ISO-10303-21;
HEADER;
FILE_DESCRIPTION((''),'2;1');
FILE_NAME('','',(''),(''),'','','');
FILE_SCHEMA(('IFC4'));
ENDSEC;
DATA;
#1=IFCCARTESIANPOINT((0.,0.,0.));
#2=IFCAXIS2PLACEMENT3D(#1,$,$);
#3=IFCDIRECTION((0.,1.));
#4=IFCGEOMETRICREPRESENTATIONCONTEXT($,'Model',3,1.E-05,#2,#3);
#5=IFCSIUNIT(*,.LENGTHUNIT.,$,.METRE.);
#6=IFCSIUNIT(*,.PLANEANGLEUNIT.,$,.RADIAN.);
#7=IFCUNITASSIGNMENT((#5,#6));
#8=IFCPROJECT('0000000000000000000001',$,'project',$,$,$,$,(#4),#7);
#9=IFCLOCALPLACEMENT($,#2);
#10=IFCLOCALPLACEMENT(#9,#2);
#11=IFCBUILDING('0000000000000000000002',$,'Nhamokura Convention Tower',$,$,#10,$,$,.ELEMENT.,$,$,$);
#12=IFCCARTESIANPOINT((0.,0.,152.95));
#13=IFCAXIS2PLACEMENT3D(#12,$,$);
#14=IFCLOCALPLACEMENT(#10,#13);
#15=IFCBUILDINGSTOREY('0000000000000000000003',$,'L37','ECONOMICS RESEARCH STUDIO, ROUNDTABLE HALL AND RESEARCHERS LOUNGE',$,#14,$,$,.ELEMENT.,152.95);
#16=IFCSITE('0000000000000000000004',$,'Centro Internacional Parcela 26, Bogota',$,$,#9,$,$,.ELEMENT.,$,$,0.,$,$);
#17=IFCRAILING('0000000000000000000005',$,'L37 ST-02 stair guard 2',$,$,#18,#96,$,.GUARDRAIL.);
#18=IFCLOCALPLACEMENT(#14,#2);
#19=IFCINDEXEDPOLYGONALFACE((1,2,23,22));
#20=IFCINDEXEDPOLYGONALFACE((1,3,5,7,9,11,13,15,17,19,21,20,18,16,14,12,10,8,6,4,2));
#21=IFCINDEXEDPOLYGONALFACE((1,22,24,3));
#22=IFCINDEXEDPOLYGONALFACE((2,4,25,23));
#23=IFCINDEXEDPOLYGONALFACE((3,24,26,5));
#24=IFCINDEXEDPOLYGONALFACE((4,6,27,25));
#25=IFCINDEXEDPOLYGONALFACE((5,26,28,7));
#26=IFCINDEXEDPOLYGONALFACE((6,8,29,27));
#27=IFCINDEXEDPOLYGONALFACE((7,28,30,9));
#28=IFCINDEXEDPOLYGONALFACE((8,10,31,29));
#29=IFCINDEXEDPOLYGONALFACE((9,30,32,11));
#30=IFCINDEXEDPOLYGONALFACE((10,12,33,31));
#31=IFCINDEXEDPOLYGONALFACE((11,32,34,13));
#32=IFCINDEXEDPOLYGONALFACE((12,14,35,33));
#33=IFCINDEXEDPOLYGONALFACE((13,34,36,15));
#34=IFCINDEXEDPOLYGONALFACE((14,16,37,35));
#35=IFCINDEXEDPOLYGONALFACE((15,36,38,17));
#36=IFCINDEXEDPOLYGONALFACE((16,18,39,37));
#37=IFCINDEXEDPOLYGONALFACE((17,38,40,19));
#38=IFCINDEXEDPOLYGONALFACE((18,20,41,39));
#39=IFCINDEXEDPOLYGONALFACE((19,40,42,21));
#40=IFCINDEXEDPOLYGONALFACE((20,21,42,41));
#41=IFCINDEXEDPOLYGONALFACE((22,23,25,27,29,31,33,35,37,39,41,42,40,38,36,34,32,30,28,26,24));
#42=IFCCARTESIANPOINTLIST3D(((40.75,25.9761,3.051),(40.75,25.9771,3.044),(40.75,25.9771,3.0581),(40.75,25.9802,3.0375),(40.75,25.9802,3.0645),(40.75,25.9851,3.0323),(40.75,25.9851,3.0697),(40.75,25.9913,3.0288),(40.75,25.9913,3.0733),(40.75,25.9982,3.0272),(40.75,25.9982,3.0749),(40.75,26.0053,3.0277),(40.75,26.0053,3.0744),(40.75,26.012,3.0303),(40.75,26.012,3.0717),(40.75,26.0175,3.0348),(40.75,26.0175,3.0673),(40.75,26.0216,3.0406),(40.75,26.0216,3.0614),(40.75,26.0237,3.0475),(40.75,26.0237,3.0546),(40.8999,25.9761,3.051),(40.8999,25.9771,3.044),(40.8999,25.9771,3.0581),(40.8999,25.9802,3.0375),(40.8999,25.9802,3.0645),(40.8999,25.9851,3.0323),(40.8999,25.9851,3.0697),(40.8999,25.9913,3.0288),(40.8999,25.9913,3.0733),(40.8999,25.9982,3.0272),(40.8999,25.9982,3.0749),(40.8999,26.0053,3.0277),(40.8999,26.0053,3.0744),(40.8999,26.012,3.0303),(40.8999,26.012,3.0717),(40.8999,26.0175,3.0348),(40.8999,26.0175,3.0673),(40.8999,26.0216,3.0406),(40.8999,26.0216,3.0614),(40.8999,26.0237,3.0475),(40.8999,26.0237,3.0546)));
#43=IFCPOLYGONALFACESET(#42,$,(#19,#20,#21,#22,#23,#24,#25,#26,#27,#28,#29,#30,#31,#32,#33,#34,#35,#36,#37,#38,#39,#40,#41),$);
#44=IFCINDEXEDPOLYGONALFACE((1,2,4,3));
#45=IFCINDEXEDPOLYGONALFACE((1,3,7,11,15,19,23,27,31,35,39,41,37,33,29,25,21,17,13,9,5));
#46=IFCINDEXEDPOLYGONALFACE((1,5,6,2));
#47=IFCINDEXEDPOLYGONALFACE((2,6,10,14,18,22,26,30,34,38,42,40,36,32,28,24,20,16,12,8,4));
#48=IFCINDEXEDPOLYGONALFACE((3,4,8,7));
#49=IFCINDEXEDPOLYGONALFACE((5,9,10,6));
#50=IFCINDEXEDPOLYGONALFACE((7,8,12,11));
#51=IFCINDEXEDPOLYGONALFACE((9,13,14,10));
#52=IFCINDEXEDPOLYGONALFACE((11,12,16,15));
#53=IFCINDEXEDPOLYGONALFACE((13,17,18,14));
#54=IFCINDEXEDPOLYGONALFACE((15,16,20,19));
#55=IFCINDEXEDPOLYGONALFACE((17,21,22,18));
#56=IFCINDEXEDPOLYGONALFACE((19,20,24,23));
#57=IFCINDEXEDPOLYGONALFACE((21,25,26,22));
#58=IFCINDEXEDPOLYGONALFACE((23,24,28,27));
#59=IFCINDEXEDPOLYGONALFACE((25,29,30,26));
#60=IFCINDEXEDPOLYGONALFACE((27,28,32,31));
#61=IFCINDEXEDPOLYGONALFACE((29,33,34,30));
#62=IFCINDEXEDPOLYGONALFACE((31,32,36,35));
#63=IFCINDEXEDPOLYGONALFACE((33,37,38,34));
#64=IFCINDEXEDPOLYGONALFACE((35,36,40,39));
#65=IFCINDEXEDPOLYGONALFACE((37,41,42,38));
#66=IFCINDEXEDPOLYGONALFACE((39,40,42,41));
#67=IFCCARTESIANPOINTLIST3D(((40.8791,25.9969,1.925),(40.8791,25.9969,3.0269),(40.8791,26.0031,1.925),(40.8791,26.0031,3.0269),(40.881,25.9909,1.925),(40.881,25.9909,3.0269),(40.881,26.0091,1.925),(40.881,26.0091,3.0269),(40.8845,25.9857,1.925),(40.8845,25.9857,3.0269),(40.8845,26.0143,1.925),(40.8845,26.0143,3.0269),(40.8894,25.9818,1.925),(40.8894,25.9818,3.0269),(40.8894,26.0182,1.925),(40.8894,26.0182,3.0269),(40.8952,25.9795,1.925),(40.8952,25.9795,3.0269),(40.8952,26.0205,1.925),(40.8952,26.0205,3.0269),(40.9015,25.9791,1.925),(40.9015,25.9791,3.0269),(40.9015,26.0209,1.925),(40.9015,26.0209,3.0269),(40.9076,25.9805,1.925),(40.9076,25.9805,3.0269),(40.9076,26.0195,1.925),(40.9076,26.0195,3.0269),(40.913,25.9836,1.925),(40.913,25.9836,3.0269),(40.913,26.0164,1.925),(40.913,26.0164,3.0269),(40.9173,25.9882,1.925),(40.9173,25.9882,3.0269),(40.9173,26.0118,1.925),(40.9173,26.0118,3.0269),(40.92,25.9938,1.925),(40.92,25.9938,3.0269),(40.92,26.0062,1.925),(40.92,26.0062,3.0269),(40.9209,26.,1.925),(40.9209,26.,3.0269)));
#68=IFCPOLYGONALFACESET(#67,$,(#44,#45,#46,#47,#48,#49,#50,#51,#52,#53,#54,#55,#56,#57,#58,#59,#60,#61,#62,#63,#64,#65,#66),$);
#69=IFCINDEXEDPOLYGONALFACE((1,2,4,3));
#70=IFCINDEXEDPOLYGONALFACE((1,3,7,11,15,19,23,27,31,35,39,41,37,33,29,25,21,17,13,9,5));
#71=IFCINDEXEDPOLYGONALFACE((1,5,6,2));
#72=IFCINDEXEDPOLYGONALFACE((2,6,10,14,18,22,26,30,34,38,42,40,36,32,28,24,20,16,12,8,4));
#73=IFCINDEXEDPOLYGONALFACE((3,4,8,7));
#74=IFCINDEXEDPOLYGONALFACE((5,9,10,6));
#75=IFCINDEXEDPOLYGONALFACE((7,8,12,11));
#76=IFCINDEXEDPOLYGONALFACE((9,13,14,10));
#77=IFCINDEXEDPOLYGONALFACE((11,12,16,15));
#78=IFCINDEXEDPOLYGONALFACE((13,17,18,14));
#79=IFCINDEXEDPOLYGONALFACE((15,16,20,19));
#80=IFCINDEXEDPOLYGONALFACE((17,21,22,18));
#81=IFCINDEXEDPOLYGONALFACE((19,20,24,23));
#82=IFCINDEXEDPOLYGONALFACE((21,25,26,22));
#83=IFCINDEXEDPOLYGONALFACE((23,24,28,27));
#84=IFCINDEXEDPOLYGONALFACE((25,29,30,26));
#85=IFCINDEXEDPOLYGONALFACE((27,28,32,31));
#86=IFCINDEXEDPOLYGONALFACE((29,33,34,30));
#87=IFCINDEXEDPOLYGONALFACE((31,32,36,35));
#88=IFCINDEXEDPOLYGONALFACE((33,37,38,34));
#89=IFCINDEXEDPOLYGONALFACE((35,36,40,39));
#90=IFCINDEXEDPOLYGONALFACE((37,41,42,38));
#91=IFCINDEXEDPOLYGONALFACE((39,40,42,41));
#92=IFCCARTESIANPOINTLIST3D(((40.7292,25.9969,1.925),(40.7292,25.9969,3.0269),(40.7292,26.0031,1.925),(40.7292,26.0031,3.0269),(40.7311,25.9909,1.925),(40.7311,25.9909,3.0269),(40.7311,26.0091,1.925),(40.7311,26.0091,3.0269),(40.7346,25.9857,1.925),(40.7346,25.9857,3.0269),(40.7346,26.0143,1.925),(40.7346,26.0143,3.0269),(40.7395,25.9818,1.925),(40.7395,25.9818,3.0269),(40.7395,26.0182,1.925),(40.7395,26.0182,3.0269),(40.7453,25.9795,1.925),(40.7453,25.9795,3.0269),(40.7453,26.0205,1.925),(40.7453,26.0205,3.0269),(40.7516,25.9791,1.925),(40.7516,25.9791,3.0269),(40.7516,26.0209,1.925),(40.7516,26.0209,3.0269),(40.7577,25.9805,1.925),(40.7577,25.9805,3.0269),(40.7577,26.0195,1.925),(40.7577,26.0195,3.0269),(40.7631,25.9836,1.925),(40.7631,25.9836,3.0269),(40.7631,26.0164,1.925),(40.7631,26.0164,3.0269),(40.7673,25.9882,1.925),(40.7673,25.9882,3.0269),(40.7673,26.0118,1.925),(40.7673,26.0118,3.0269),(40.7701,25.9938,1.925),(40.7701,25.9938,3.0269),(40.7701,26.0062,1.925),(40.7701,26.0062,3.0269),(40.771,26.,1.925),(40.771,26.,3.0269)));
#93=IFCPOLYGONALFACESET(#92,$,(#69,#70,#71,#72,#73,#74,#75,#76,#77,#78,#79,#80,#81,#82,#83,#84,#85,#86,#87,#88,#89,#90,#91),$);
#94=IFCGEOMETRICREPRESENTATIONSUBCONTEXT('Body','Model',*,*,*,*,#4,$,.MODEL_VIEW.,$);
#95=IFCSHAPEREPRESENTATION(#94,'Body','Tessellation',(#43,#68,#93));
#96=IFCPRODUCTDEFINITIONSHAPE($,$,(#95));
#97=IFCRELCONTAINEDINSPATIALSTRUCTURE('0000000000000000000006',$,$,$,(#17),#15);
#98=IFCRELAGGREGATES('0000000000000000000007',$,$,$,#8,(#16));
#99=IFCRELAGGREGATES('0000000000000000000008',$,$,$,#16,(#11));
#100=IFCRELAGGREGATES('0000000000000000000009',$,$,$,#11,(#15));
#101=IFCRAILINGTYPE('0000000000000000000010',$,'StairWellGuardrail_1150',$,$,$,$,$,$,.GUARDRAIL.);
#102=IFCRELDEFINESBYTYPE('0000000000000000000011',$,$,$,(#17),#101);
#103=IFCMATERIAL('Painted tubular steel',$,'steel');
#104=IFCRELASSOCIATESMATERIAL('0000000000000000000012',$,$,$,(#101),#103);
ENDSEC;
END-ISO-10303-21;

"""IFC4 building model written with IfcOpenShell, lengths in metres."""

from ifc_helpers import new_model, si_unit, direction, frame, origin, origin_2d, place, context, subcontext, project, spatial, circle, extrude, material, type_object, element, save


model = new_model("IFC4")

# Units and contexts
model_context = context("Model", 3, precision=1e-05, world=origin(), true_north=direction((0.0, 1.0)))
body_context = subcontext(model_context, "Body", "Model", "MODEL_VIEW")
ifc_project = project(units=[si_unit("LENGTHUNIT", "METRE"), si_unit("PLANEANGLEUNIT", "RADIAN")], contexts=[model_context])

# Site, building, storey
site_placement = place(None, origin())
site = spatial("IfcSite", under=ifc_project, at=site_placement, Name="Centro Internacional Parcela 26, Bogota", CompositionType="ELEMENT", RefElevation=0.0)
building_placement = place(site_placement, origin())
building = spatial("IfcBuilding", under=site, at=building_placement, Name="Nhamokura Convention Tower", CompositionType="ELEMENT")
storey_placement = place(building_placement, frame((0.0, 0.0, 152.95)))
storey = spatial("IfcBuildingStorey", under=building, at=storey_placement, Name="L37", Description="ECONOMICS RESEARCH STUDIO, ROUNDTABLE HALL AND RESEARCHERS LOUNGE", CompositionType="ELEMENT", Elevation=152.95)

# Railing
ifc_material_1 = material(Name="Painted tubular steel", Category="steel")
railing_type_1 = type_object("IfcRailingType", Name="StairWellGuardrail_1150", PredefinedType="GUARDRAIL", material=ifc_material_1)
railing_1_placement = place(storey_placement, frame((40.8999, 26.0, 1.925)))
element("IfcRailing", 1, at=railing_1_placement, inside=storey, type_object=railing_type_1, Name="L37 ST-02 stair guard 2", PredefinedType="GUARDRAIL", context=body_context, shape_type="SweptSolid", body=[
    extrude(circle(Radius=0.0239, at=origin_2d()), frame((0.0, 0.0, 1.126), z_axis=(-1.0, 0.0, 0.0), x_axis=(0.0, -1.0, 0.0)), (0.0, 0.0, 1.0), 0.1499),
    extrude(circle(Radius=0.021, at=origin_2d()), origin(), (0.0, 0.0, 1.0), 1.1018),
    extrude(circle(Radius=0.021, at=origin_2d()), frame((-0.1499, 0.0, 0.0)), (0.0, 0.0, 1.0), 1.1018),
])

save(model, "model.ifc")
